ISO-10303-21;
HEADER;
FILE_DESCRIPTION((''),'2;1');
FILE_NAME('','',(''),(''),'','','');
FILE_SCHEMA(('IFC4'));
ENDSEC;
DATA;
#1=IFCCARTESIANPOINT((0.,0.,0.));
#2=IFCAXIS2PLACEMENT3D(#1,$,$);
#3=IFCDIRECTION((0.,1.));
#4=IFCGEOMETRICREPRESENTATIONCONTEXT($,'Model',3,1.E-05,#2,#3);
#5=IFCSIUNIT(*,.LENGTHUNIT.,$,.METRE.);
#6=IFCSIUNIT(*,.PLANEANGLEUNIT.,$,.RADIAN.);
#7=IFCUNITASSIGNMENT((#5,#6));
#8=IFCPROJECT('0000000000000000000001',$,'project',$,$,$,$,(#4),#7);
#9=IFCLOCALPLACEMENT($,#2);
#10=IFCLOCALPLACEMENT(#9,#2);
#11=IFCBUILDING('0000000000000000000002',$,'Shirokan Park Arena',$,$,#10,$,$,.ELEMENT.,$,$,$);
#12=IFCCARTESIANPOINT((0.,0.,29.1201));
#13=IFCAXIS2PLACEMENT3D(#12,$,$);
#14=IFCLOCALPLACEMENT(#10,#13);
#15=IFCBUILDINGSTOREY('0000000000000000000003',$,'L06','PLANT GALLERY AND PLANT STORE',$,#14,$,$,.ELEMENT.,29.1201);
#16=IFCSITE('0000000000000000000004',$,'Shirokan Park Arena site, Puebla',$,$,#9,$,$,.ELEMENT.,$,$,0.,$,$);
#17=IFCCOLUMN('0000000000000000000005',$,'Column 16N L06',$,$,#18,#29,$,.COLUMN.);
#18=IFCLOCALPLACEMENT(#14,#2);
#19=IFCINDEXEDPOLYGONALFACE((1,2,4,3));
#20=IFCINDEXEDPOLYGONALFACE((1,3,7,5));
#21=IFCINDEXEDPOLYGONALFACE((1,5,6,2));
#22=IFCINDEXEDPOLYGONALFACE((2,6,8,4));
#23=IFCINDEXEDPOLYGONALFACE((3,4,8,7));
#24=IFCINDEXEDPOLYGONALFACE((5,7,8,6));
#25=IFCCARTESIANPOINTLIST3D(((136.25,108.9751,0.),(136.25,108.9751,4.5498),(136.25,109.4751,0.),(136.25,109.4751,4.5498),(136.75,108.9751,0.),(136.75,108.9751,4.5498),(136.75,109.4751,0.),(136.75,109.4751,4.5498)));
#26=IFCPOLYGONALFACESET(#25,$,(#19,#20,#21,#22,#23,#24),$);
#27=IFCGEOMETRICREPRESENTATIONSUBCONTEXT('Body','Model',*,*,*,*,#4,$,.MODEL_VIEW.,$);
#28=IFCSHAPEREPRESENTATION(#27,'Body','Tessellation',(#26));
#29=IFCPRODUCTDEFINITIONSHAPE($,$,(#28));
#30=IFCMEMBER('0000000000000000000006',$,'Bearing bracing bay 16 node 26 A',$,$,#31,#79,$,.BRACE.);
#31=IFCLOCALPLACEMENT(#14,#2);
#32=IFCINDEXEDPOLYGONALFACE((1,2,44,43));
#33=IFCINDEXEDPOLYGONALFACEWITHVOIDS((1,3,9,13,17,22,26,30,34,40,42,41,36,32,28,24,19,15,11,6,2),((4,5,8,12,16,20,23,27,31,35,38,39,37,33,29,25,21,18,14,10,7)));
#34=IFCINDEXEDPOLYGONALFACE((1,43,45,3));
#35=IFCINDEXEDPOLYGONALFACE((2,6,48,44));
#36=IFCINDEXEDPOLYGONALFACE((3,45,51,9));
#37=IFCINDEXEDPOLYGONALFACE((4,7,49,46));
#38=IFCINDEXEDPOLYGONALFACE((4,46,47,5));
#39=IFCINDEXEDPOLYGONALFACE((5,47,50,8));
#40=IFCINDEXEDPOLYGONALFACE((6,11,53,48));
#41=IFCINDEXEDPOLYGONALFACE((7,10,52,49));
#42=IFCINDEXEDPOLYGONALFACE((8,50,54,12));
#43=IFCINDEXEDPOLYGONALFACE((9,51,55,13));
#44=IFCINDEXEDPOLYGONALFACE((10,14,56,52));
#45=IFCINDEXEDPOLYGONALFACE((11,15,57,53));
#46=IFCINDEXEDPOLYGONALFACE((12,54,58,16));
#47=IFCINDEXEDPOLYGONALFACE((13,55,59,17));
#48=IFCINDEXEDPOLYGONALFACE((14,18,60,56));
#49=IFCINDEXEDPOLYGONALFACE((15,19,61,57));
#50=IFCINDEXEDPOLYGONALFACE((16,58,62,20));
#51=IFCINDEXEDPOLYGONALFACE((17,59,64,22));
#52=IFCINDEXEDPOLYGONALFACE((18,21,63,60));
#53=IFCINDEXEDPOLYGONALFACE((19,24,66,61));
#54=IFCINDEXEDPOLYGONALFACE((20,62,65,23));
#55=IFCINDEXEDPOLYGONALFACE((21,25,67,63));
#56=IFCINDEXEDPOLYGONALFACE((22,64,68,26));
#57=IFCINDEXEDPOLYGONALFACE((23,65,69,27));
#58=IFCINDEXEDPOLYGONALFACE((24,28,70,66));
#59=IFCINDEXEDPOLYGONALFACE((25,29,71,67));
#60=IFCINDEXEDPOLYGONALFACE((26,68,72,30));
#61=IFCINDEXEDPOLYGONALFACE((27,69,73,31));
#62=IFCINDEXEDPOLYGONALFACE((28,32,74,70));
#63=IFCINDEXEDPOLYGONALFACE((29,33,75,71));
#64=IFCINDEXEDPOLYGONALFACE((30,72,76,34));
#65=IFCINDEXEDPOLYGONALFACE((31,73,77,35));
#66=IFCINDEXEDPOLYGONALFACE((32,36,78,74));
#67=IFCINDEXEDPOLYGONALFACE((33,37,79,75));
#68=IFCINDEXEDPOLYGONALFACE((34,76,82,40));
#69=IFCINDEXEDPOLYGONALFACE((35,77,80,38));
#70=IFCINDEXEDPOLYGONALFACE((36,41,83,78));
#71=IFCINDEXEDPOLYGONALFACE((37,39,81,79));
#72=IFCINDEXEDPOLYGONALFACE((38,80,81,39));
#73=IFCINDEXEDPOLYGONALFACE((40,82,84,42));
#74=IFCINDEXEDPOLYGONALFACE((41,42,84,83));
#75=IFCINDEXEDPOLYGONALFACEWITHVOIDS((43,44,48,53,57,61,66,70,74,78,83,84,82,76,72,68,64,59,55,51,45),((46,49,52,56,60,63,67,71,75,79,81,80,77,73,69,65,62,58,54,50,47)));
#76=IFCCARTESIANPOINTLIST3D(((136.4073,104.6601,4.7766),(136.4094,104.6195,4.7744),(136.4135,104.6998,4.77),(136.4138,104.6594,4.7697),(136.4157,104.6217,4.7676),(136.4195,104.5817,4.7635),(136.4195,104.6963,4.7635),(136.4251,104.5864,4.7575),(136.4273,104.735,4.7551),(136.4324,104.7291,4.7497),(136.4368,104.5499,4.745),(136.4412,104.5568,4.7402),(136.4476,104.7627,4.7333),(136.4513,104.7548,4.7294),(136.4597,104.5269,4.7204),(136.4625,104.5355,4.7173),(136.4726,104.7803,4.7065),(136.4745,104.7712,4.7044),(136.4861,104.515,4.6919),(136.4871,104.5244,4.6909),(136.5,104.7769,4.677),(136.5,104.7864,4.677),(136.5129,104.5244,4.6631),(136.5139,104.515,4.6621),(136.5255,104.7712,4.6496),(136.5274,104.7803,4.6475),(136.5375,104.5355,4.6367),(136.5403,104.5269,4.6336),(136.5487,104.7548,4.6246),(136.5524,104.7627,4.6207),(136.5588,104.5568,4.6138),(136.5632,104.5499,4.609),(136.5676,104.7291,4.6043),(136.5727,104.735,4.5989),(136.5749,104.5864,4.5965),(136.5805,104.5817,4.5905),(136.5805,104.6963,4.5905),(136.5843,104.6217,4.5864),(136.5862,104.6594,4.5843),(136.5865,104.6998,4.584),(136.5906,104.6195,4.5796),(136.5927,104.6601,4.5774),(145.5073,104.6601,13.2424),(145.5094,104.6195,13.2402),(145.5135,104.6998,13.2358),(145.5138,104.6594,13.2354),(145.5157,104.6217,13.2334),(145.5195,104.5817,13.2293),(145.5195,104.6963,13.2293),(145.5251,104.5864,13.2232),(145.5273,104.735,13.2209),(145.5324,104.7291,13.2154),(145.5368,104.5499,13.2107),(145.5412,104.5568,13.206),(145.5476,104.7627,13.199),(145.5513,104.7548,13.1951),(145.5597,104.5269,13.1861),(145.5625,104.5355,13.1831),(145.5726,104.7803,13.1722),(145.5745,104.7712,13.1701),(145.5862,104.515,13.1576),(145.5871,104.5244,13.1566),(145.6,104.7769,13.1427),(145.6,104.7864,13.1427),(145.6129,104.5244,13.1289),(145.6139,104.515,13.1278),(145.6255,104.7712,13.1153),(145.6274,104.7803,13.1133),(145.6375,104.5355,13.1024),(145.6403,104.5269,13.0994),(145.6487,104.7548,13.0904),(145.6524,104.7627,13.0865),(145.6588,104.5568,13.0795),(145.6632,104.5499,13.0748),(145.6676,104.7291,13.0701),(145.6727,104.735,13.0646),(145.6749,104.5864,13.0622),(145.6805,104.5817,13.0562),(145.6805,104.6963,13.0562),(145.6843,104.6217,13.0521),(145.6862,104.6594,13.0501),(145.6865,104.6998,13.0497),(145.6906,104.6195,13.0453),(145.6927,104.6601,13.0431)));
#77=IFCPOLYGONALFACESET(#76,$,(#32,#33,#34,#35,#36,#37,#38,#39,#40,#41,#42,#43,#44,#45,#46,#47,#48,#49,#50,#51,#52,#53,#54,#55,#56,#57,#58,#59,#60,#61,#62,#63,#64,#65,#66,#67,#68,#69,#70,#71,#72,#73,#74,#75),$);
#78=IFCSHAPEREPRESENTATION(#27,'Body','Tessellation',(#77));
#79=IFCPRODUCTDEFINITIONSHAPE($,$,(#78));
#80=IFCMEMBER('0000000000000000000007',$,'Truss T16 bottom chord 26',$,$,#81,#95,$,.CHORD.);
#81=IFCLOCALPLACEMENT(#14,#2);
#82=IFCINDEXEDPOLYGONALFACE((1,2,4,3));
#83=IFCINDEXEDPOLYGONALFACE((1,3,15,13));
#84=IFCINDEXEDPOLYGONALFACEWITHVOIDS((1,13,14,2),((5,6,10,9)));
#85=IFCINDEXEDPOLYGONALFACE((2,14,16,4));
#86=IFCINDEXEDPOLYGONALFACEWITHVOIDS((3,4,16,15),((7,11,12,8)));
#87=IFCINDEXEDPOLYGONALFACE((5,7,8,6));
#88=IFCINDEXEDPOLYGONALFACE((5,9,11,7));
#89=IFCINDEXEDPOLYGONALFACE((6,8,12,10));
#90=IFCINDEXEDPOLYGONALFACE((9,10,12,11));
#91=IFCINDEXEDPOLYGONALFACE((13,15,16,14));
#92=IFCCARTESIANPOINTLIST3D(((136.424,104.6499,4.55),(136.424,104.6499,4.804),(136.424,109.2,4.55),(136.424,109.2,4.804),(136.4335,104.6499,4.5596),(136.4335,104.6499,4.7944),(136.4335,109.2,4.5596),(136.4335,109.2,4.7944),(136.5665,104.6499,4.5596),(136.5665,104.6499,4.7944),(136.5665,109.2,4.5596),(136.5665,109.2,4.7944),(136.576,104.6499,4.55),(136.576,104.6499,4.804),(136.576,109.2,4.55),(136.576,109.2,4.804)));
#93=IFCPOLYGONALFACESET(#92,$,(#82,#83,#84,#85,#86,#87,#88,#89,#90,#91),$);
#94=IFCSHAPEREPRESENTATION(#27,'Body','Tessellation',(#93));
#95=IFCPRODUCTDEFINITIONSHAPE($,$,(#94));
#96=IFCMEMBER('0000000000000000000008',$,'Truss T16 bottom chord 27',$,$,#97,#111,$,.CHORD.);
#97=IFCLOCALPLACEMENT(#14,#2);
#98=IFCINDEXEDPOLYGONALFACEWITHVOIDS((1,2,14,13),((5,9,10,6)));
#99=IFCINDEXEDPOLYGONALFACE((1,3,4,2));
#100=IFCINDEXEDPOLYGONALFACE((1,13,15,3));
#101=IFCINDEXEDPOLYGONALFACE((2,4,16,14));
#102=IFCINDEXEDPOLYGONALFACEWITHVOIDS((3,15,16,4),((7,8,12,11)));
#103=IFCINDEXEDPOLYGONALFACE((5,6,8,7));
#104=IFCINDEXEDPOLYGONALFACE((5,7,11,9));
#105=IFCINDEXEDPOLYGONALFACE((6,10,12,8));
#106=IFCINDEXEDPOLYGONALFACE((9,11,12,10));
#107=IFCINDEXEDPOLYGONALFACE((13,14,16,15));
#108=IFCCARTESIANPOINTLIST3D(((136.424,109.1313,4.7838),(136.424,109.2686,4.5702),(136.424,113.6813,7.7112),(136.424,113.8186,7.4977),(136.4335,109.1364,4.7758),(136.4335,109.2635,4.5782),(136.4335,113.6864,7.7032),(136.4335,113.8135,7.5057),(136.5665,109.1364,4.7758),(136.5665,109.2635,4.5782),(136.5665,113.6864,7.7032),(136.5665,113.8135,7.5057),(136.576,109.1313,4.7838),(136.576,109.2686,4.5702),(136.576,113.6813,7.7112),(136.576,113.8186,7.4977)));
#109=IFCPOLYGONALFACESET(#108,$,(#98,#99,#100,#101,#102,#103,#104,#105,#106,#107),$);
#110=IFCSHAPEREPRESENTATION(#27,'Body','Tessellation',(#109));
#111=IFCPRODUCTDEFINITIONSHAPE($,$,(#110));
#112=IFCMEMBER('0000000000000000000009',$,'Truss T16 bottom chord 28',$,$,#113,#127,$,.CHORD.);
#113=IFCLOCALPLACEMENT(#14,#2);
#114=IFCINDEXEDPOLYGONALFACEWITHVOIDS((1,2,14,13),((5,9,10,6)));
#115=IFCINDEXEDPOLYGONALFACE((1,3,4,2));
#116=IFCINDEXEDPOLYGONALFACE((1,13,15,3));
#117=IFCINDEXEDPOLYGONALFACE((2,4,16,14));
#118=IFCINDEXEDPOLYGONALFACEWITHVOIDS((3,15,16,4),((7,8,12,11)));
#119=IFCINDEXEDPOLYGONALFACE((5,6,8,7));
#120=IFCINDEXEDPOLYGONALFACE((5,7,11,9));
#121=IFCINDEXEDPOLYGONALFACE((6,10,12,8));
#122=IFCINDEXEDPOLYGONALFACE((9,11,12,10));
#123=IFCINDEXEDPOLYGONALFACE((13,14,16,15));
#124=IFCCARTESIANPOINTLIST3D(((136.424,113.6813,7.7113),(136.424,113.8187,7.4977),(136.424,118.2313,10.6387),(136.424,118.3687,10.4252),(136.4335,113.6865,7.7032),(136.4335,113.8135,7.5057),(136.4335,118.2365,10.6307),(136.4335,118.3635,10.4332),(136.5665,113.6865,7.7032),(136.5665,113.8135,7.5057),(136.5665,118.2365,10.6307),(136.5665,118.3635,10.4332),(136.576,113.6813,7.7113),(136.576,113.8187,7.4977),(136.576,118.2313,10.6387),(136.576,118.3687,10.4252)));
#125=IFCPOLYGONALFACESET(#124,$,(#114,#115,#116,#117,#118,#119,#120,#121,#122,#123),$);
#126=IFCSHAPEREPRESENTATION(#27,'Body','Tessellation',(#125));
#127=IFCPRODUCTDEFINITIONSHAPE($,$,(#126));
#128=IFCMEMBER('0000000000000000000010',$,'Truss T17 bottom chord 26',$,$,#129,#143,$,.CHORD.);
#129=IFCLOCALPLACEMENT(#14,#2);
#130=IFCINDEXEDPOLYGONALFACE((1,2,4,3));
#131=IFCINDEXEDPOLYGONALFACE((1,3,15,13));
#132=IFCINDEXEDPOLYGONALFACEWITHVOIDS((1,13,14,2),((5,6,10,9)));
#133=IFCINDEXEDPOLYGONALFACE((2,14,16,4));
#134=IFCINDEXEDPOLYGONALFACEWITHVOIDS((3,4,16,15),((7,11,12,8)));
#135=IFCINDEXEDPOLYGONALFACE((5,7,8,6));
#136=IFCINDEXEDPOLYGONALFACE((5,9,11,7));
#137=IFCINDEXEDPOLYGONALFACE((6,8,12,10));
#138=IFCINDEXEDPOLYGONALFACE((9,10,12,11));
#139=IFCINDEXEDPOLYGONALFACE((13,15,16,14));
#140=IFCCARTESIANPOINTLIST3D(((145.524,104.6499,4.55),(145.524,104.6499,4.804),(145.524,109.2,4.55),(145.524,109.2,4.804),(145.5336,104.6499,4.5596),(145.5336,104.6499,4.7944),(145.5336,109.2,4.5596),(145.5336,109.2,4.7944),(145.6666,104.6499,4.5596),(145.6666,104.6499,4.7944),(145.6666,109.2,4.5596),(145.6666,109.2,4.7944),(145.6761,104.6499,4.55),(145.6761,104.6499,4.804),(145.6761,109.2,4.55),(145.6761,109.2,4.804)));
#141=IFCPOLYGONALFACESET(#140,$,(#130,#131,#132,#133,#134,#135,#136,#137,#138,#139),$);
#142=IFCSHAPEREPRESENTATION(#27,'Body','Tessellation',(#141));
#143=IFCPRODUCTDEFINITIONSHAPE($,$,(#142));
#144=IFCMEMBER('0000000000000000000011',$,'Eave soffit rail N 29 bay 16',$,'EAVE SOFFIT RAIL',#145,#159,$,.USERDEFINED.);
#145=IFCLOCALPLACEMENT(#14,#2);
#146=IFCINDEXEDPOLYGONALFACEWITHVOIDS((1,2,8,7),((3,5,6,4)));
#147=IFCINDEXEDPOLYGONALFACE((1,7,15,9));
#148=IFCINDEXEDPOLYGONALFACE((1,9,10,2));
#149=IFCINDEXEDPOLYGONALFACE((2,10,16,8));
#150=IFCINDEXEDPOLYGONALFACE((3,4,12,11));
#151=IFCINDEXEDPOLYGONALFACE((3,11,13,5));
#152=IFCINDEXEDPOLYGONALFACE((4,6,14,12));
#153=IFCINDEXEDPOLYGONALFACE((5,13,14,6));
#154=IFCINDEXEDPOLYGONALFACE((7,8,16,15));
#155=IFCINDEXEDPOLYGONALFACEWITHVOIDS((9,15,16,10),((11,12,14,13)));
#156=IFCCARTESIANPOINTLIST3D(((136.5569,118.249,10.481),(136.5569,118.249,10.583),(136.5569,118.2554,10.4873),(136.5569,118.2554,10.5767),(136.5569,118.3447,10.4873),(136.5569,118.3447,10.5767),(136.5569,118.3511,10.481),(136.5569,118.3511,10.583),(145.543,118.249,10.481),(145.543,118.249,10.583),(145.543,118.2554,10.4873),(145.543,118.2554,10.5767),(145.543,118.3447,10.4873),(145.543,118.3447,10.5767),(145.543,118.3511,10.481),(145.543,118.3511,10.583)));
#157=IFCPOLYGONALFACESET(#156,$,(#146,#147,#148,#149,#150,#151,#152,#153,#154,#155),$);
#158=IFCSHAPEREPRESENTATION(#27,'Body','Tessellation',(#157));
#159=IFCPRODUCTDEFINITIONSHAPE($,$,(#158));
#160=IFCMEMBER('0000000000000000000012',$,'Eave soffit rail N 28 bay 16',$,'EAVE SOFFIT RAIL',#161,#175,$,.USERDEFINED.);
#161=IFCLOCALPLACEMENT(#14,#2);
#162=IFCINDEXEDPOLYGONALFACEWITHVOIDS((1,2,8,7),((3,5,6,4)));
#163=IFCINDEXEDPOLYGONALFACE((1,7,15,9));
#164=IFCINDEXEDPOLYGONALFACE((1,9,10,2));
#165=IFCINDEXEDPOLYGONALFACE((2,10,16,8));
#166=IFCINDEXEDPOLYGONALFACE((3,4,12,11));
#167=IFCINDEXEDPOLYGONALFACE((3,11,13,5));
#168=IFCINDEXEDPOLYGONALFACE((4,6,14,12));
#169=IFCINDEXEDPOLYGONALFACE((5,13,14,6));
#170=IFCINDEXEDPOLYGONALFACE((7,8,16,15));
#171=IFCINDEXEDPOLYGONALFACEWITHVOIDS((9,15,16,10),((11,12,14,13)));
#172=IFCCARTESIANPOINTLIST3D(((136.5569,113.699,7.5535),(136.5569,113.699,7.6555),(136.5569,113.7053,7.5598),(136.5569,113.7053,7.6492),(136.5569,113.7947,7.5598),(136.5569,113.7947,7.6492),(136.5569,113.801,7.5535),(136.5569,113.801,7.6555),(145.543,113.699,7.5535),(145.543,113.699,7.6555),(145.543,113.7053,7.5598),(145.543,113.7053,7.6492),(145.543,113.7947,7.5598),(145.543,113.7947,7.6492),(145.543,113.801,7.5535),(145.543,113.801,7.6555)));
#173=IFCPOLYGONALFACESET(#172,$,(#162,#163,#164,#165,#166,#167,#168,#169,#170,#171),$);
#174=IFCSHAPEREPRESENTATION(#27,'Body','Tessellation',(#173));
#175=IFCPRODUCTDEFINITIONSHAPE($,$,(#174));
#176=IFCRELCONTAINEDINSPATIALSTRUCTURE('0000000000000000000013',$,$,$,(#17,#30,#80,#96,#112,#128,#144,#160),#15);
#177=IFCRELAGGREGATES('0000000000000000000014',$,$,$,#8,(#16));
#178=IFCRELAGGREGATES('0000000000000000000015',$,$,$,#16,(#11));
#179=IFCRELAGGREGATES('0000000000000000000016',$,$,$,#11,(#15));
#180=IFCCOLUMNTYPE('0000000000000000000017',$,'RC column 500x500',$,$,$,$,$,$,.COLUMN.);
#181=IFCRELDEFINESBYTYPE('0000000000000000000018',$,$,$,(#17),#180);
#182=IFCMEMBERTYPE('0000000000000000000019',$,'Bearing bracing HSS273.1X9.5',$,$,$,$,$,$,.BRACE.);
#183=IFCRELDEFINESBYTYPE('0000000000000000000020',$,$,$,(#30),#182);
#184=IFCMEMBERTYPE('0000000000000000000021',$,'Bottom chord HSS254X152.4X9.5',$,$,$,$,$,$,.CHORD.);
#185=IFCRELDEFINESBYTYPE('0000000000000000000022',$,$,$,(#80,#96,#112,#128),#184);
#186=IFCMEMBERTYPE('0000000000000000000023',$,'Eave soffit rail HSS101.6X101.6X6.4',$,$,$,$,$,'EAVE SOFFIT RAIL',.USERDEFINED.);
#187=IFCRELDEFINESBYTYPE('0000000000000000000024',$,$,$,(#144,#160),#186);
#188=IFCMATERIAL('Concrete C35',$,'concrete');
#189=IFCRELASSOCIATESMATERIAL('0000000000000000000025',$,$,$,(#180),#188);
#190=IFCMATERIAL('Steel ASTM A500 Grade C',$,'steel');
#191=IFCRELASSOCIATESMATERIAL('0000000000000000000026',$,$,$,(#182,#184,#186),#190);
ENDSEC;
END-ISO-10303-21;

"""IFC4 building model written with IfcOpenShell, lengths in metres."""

from ifc_helpers import new_model, si_unit, direction, frame, origin, origin_2d, place, context, subcontext, project, spatial, rectangle, hollow_rectangle, hollow_circle, extrude, material, material_profile, profile_set, type_object, element, save


model = new_model("IFC4")

# Units and contexts
model_context = context("Model", 3, precision=1e-05, world=origin(), true_north=direction((0.0, 1.0)))
body_context = subcontext(model_context, "Body", "Model", "MODEL_VIEW")
ifc_project = project(units=[si_unit("LENGTHUNIT", "METRE"), si_unit("PLANEANGLEUNIT", "RADIAN")], contexts=[model_context])

# Site, building, storey
site_placement = place(None, origin())
site = spatial("IfcSite", under=ifc_project, at=site_placement, Name="Shirokan Park Arena site, Puebla", CompositionType="ELEMENT", RefElevation=0.0)
building_placement = place(site_placement, origin())
building = spatial("IfcBuilding", under=site, at=building_placement, Name="Shirokan Park Arena", CompositionType="ELEMENT")
storey_placement = place(building_placement, frame((0.0, 0.0, 29.1201)))
storey = spatial("IfcBuildingStorey", under=building, at=storey_placement, Name="L06", Description="PLANT GALLERY AND PLANT STORE", CompositionType="ELEMENT", Elevation=29.1201)

# Column
ifc_material_1 = material(Name="Concrete C35", Category="concrete")
ifc_material_profile_1 = material_profile(ifc_material_1, rectangle(XDim=0.5, YDim=0.5, at=origin_2d()), Name="500x500")
ifc_profile_set_1 = profile_set([ifc_material_profile_1], Name="Concrete C35")
column_type = type_object("IfcColumnType", Name="RC column 500x500", PredefinedType="COLUMN", material=ifc_profile_set_1)
column_placement = place(storey_placement, frame((136.5, 109.2251, 0.0), z_axis=(0.0, 0.0, 1.0), x_axis=(1.0, 0.0, 0.0)))
element("IfcColumn", 1, at=column_placement, inside=storey, type_object=column_type, Name="Column 16N L06", PredefinedType="COLUMN", context=body_context, shape_type="SweptSolid", body=[
    extrude(rectangle(XDim=0.5, YDim=0.5, at=origin_2d()), origin(), (0.0, 0.0, 1.0), 4.5498),
])

# Members
ifc_material_2 = material(Name="Steel ASTM A500 Grade C", Category="steel")
ifc_material_profile_2 = material_profile(ifc_material_2, hollow_circle(Radius=0.1365, WallThickness=0.0095, at=origin_2d()), Name="HSS273.1X9.5")
ifc_profile_set_2 = profile_set([ifc_material_profile_2], Name="Steel ASTM A500 Grade C")
member_type_1 = type_object("IfcMemberType", Name="Bearing bracing HSS273.1X9.5", PredefinedType="BRACE", material=ifc_profile_set_2)
member_1_placement = place(storey_placement, frame((136.5, 104.6499, 4.677), z_axis=(0.732162, 0.0, 0.68113), x_axis=(0.0, 1.0, 0.0)))
element("IfcMember", 2, at=member_1_placement, inside=storey, type_object=member_type_1, Name="Bearing bracing bay 16 node 26 A", PredefinedType="BRACE", context=body_context, shape_type="SweptSolid", body=[
    extrude(hollow_circle(Radius=0.1365, WallThickness=0.0095, at=origin_2d()), origin(), (0.0, 0.0, 1.0), 12.429),
])
ifc_material_profile_3 = material_profile(ifc_material_2, hollow_rectangle(XDim=0.1521, YDim=0.2539, WallThickness=0.0095, at=origin_2d()), Name="HSS254X152.4X9.5")
ifc_profile_set_3 = profile_set([ifc_material_profile_3], Name="Steel ASTM A500 Grade C")
member_type_2 = type_object("IfcMemberType", Name="Bottom chord HSS254X152.4X9.5", PredefinedType="CHORD", material=ifc_profile_set_3)
member_2_placement = place(storey_placement, frame((136.5, 104.6499, 4.677), z_axis=(0.0, 1.0, 0.0), x_axis=(-1.0, 0.0, 0.0)))
element("IfcMember", 3, at=member_2_placement, inside=storey, type_object=member_type_2, Name="Truss T16 bottom chord 26", PredefinedType="CHORD", context=body_context, shape_type="SweptSolid", body=[
    extrude(hollow_rectangle(XDim=0.1521, YDim=0.2539, WallThickness=0.0095, at=origin_2d()), origin(), (0.0, 0.0, 1.0), 4.55),
])
for number, where, z_axis, x_axis, name in (
    (4, (136.5, 109.2, 4.677), (0.0, 0.840972, 0.541079), (-1.0, 0.0, 0.0), "Truss T16 bottom chord 27"),
    (5, (136.5, 113.75, 7.6045), (0.0, 0.840972, 0.541079), (-1.0, 0.0, 0.0), "Truss T16 bottom chord 28"),
):
    element("IfcMember", number, at=place(storey_placement, frame(where, z_axis=z_axis, x_axis=x_axis)), inside=storey, type_object=member_type_2, Name=name, PredefinedType="CHORD", context=body_context, shape_type="SweptSolid", body=[
        extrude(hollow_rectangle(XDim=0.1521, YDim=0.2539, WallThickness=0.0095, at=origin_2d()), origin(), (0.0, 0.0, 1.0), 5.4104),
    ])
member_3_placement = place(storey_placement, frame((145.6001, 104.6499, 4.677), z_axis=(0.0, 1.0, 0.0), x_axis=(-1.0, 0.0, 0.0)))
element("IfcMember", 6, at=member_3_placement, inside=storey, type_object=member_type_2, Name="Truss T17 bottom chord 26", PredefinedType="CHORD", context=body_context, shape_type="SweptSolid", body=[
    extrude(hollow_rectangle(XDim=0.1521, YDim=0.2539, WallThickness=0.0095, at=origin_2d()), origin(), (0.0, 0.0, 1.0), 4.55),
])
ifc_material_profile_4 = material_profile(ifc_material_2, hollow_rectangle(XDim=0.1021, YDim=0.1021, WallThickness=0.0063, at=origin_2d()), Name="HSS101.6X101.6X6.4")
ifc_profile_set_4 = profile_set([ifc_material_profile_4], Name="Steel ASTM A500 Grade C")
member_type_3 = type_object("IfcMemberType", Name="Eave soffit rail HSS101.6X101.6X6.4", ElementType="EAVE SOFFIT RAIL", PredefinedType="USERDEFINED", material=ifc_profile_set_4)
for number, where, z_axis, x_axis, name in (
    (7, (136.5569, 118.3, 10.532), (1.0, 0.0, 0.0), (0.0, 1.0, 0.0), "Eave soffit rail N 29 bay 16"),
    (8, (136.5569, 113.75, 7.6045), (1.0, 0.0, 0.0), (0.0, 1.0, 0.0), "Eave soffit rail N 28 bay 16"),
):
    element("IfcMember", number, at=place(storey_placement, frame(where, z_axis=z_axis, x_axis=x_axis)), inside=storey, type_object=member_type_3, Name=name, ObjectType="EAVE SOFFIT RAIL", PredefinedType="USERDEFINED", context=body_context, shape_type="SweptSolid", body=[
        extrude(hollow_rectangle(XDim=0.1021, YDim=0.1021, WallThickness=0.0063, at=origin_2d()), origin(), (0.0, 0.0, 1.0), 8.9861),
    ])

save(model, "model.ifc")
